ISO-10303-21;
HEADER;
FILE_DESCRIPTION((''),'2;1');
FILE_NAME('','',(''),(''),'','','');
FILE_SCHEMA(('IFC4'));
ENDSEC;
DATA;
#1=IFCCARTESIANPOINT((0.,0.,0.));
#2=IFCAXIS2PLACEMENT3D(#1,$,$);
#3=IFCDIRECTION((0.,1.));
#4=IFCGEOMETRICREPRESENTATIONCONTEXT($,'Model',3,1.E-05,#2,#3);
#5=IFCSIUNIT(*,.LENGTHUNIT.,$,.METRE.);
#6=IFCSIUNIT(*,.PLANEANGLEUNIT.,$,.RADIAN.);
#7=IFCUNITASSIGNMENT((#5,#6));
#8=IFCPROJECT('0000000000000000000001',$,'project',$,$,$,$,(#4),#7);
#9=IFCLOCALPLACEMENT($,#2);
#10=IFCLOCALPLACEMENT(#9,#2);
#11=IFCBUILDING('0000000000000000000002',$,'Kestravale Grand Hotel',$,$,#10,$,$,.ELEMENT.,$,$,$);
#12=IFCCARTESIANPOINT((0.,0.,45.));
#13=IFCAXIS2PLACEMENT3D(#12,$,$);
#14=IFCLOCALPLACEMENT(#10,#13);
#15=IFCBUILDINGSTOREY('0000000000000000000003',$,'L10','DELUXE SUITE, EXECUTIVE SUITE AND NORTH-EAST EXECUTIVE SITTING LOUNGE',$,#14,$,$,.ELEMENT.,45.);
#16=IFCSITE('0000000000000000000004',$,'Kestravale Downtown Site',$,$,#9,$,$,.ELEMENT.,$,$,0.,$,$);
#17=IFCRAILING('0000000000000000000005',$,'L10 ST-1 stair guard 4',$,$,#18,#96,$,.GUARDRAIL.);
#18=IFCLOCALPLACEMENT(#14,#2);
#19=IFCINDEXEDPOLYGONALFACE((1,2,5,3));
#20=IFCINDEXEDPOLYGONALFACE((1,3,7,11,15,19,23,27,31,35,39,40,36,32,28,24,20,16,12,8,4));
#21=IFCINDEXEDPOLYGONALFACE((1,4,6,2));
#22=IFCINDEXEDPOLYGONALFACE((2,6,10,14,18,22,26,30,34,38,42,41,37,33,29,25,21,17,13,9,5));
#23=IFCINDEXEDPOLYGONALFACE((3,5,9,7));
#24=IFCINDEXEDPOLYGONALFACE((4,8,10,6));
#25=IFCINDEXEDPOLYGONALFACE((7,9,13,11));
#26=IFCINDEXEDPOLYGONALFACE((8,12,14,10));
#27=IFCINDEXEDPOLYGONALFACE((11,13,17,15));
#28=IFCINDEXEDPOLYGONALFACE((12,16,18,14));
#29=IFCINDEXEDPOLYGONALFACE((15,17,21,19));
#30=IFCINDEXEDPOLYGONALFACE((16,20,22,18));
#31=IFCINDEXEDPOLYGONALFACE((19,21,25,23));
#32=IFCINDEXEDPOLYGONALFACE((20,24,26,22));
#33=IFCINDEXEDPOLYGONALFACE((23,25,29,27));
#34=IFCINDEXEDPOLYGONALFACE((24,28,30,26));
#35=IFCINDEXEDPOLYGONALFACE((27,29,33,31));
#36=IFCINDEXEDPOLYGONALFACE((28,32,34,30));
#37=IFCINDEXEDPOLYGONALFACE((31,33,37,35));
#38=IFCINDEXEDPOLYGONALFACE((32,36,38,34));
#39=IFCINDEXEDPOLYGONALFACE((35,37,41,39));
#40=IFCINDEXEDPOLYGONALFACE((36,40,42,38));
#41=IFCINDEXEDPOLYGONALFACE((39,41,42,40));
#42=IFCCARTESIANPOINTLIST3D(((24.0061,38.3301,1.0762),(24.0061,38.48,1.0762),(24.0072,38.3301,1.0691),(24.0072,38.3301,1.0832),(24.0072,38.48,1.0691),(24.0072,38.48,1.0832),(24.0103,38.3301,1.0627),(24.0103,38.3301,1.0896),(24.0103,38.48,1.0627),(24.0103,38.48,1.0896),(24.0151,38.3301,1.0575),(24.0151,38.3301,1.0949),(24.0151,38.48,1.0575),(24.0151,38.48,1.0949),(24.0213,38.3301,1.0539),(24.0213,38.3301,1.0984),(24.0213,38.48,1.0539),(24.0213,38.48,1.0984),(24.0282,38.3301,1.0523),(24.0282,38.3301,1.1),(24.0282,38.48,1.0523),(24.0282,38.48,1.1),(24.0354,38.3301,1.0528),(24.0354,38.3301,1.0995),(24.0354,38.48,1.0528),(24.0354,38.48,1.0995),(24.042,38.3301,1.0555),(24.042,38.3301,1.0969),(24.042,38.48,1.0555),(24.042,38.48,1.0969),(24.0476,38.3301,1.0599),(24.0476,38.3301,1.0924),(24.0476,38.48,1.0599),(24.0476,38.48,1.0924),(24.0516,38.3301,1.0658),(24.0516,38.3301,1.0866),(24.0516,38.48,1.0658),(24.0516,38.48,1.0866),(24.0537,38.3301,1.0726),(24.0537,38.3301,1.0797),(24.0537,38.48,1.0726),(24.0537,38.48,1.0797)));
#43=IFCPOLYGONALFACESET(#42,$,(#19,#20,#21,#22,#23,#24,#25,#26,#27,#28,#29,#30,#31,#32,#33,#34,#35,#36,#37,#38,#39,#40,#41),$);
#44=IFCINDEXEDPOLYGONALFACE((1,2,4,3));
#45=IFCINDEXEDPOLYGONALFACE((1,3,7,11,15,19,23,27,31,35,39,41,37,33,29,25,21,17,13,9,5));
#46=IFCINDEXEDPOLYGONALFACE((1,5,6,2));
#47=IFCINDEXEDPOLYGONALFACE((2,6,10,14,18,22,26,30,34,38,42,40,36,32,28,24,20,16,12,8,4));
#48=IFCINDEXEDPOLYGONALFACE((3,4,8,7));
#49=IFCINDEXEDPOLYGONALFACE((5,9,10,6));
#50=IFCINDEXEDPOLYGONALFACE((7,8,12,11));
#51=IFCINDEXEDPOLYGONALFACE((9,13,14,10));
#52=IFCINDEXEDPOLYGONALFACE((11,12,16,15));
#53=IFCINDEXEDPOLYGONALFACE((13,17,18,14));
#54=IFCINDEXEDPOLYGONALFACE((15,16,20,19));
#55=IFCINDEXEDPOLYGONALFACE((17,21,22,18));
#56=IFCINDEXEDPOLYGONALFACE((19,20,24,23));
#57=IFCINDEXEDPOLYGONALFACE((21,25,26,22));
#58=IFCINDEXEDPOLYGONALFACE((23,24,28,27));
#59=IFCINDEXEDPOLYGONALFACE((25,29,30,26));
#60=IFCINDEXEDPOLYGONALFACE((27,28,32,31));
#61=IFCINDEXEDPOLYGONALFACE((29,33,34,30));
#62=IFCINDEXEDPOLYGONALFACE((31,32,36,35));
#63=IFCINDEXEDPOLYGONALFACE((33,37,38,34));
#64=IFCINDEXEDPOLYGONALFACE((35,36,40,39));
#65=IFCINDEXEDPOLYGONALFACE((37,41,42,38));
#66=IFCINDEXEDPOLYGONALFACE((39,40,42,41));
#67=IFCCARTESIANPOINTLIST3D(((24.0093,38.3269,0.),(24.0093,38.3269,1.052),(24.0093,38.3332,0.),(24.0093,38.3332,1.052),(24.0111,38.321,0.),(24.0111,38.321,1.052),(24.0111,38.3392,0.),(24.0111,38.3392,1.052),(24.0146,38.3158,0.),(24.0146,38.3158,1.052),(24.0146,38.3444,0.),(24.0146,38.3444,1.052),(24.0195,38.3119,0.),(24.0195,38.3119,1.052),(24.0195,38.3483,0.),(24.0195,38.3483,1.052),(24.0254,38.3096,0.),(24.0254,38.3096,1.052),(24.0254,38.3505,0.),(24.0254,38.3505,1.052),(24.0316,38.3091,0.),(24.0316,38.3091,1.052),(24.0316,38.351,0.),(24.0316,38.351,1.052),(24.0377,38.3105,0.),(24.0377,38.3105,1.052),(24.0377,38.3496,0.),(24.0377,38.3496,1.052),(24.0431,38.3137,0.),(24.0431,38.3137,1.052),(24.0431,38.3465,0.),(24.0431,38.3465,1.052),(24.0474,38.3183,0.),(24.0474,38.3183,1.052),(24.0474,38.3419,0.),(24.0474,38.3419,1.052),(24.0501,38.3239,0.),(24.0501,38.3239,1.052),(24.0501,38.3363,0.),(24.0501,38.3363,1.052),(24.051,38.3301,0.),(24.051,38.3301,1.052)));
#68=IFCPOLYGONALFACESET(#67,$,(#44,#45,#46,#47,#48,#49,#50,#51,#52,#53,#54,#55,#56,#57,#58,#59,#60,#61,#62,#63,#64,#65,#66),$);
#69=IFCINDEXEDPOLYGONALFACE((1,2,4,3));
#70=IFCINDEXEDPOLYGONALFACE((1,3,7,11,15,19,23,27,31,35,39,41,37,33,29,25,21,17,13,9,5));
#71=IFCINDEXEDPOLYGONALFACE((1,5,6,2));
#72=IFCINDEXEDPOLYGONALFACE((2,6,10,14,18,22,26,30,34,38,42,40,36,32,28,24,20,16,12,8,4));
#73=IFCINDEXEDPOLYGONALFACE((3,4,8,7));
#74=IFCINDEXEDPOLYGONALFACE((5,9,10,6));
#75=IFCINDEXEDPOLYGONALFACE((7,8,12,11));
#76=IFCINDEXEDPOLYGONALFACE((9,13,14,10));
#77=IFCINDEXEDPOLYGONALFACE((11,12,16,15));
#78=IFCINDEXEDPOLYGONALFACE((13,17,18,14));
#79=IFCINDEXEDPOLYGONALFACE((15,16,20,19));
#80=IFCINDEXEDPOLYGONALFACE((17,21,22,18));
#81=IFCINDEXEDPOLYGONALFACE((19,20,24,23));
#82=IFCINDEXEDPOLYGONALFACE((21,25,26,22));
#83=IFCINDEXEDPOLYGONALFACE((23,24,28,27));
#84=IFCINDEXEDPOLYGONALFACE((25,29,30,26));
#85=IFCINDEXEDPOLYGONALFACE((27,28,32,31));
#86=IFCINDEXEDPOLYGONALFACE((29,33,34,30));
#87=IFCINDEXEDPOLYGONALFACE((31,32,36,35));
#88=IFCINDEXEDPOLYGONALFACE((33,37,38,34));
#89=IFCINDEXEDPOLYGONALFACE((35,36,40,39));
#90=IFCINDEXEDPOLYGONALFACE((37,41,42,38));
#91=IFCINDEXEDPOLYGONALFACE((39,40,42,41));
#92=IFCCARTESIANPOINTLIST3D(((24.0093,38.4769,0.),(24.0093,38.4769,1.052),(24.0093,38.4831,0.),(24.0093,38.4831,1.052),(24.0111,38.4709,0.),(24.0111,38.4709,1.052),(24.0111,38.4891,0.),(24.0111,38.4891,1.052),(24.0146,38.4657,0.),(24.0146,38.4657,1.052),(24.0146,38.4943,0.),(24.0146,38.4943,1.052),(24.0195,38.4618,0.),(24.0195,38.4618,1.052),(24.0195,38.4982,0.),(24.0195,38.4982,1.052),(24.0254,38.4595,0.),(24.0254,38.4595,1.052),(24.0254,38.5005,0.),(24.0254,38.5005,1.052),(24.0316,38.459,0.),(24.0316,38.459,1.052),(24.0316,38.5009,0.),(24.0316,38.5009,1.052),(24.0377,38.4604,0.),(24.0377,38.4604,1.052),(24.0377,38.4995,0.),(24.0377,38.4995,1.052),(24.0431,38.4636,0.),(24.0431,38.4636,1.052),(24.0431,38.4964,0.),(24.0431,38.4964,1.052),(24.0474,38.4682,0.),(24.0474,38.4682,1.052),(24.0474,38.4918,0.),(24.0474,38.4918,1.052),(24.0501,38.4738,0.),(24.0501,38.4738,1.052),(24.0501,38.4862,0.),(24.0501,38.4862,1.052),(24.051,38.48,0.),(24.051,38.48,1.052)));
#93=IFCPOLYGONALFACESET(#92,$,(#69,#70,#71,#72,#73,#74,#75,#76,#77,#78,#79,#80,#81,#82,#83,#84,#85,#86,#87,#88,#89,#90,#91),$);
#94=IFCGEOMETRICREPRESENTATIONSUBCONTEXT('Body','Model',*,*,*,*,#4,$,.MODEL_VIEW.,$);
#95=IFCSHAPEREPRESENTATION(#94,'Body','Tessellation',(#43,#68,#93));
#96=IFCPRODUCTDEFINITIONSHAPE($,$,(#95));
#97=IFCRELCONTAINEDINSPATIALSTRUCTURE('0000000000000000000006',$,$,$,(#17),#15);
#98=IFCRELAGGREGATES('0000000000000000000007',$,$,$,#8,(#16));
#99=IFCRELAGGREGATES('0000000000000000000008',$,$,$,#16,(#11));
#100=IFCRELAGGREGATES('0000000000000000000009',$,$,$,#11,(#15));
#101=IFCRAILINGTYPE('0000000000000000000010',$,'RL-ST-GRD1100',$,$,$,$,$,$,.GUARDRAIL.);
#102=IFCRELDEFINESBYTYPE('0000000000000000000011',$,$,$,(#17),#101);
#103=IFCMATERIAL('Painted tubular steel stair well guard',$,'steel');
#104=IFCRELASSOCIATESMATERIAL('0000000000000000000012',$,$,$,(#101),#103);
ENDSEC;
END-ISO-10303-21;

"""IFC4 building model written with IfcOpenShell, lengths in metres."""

from ifc_helpers import new_model, si_unit, direction, frame, origin, origin_2d, place, context, subcontext, project, spatial, circle, extrude, material, type_object, element, save


model = new_model("IFC4")

# Units and contexts
model_context = context("Model", 3, precision=1e-05, world=origin(), true_north=direction((0.0, 1.0)))
body_context = subcontext(model_context, "Body", "Model", "MODEL_VIEW")
ifc_project = project(units=[si_unit("LENGTHUNIT", "METRE"), si_unit("PLANEANGLEUNIT", "RADIAN")], contexts=[model_context])

# Site, building, storey
site_placement = place(None, origin())
site = spatial("IfcSite", under=ifc_project, at=site_placement, Name="Kestravale Downtown Site", CompositionType="ELEMENT", RefElevation=0.0)
building_placement = place(site_placement, origin())
building = spatial("IfcBuilding", under=site, at=building_placement, Name="Kestravale Grand Hotel", CompositionType="ELEMENT")
storey_placement = place(building_placement, frame((0.0, 0.0, 45.0)))
storey = spatial("IfcBuildingStorey", under=building, at=storey_placement, Name="L10", Description="DELUXE SUITE, EXECUTIVE SUITE AND NORTH-EAST EXECUTIVE SITTING LOUNGE", CompositionType="ELEMENT", Elevation=45.0)

# Railing
ifc_material_1 = material(Name="Painted tubular steel stair well guard", Category="steel")
railing_type_1 = type_object("IfcRailingType", Name="RL-ST-GRD1100", PredefinedType="GUARDRAIL", material=ifc_material_1)
railing_1_placement = place(storey_placement, frame((24.03, 38.3301, 0.0)))
element("IfcRailing", 1, at=railing_1_placement, inside=storey, type_object=railing_type_1, Name="L10 ST-1 stair guard 4", PredefinedType="GUARDRAIL", context=body_context, shape_type="SweptSolid", body=[
    extrude(circle(Radius=0.0239, at=origin_2d()), frame((0.0, 0.0, 1.0762), z_axis=(0.0, 1.0, 0.0), x_axis=(-1.0, 0.0, 0.0)), (0.0, 0.0, 1.0), 0.1499),
    extrude(circle(Radius=0.021, at=origin_2d()), origin(), (0.0, 0.0, 1.0), 1.052),
    extrude(circle(Radius=0.021, at=origin_2d()), frame((0.0, 0.1499, 0.0)), (0.0, 0.0, 1.0), 1.052),
])

save(model, "model.ifc")
